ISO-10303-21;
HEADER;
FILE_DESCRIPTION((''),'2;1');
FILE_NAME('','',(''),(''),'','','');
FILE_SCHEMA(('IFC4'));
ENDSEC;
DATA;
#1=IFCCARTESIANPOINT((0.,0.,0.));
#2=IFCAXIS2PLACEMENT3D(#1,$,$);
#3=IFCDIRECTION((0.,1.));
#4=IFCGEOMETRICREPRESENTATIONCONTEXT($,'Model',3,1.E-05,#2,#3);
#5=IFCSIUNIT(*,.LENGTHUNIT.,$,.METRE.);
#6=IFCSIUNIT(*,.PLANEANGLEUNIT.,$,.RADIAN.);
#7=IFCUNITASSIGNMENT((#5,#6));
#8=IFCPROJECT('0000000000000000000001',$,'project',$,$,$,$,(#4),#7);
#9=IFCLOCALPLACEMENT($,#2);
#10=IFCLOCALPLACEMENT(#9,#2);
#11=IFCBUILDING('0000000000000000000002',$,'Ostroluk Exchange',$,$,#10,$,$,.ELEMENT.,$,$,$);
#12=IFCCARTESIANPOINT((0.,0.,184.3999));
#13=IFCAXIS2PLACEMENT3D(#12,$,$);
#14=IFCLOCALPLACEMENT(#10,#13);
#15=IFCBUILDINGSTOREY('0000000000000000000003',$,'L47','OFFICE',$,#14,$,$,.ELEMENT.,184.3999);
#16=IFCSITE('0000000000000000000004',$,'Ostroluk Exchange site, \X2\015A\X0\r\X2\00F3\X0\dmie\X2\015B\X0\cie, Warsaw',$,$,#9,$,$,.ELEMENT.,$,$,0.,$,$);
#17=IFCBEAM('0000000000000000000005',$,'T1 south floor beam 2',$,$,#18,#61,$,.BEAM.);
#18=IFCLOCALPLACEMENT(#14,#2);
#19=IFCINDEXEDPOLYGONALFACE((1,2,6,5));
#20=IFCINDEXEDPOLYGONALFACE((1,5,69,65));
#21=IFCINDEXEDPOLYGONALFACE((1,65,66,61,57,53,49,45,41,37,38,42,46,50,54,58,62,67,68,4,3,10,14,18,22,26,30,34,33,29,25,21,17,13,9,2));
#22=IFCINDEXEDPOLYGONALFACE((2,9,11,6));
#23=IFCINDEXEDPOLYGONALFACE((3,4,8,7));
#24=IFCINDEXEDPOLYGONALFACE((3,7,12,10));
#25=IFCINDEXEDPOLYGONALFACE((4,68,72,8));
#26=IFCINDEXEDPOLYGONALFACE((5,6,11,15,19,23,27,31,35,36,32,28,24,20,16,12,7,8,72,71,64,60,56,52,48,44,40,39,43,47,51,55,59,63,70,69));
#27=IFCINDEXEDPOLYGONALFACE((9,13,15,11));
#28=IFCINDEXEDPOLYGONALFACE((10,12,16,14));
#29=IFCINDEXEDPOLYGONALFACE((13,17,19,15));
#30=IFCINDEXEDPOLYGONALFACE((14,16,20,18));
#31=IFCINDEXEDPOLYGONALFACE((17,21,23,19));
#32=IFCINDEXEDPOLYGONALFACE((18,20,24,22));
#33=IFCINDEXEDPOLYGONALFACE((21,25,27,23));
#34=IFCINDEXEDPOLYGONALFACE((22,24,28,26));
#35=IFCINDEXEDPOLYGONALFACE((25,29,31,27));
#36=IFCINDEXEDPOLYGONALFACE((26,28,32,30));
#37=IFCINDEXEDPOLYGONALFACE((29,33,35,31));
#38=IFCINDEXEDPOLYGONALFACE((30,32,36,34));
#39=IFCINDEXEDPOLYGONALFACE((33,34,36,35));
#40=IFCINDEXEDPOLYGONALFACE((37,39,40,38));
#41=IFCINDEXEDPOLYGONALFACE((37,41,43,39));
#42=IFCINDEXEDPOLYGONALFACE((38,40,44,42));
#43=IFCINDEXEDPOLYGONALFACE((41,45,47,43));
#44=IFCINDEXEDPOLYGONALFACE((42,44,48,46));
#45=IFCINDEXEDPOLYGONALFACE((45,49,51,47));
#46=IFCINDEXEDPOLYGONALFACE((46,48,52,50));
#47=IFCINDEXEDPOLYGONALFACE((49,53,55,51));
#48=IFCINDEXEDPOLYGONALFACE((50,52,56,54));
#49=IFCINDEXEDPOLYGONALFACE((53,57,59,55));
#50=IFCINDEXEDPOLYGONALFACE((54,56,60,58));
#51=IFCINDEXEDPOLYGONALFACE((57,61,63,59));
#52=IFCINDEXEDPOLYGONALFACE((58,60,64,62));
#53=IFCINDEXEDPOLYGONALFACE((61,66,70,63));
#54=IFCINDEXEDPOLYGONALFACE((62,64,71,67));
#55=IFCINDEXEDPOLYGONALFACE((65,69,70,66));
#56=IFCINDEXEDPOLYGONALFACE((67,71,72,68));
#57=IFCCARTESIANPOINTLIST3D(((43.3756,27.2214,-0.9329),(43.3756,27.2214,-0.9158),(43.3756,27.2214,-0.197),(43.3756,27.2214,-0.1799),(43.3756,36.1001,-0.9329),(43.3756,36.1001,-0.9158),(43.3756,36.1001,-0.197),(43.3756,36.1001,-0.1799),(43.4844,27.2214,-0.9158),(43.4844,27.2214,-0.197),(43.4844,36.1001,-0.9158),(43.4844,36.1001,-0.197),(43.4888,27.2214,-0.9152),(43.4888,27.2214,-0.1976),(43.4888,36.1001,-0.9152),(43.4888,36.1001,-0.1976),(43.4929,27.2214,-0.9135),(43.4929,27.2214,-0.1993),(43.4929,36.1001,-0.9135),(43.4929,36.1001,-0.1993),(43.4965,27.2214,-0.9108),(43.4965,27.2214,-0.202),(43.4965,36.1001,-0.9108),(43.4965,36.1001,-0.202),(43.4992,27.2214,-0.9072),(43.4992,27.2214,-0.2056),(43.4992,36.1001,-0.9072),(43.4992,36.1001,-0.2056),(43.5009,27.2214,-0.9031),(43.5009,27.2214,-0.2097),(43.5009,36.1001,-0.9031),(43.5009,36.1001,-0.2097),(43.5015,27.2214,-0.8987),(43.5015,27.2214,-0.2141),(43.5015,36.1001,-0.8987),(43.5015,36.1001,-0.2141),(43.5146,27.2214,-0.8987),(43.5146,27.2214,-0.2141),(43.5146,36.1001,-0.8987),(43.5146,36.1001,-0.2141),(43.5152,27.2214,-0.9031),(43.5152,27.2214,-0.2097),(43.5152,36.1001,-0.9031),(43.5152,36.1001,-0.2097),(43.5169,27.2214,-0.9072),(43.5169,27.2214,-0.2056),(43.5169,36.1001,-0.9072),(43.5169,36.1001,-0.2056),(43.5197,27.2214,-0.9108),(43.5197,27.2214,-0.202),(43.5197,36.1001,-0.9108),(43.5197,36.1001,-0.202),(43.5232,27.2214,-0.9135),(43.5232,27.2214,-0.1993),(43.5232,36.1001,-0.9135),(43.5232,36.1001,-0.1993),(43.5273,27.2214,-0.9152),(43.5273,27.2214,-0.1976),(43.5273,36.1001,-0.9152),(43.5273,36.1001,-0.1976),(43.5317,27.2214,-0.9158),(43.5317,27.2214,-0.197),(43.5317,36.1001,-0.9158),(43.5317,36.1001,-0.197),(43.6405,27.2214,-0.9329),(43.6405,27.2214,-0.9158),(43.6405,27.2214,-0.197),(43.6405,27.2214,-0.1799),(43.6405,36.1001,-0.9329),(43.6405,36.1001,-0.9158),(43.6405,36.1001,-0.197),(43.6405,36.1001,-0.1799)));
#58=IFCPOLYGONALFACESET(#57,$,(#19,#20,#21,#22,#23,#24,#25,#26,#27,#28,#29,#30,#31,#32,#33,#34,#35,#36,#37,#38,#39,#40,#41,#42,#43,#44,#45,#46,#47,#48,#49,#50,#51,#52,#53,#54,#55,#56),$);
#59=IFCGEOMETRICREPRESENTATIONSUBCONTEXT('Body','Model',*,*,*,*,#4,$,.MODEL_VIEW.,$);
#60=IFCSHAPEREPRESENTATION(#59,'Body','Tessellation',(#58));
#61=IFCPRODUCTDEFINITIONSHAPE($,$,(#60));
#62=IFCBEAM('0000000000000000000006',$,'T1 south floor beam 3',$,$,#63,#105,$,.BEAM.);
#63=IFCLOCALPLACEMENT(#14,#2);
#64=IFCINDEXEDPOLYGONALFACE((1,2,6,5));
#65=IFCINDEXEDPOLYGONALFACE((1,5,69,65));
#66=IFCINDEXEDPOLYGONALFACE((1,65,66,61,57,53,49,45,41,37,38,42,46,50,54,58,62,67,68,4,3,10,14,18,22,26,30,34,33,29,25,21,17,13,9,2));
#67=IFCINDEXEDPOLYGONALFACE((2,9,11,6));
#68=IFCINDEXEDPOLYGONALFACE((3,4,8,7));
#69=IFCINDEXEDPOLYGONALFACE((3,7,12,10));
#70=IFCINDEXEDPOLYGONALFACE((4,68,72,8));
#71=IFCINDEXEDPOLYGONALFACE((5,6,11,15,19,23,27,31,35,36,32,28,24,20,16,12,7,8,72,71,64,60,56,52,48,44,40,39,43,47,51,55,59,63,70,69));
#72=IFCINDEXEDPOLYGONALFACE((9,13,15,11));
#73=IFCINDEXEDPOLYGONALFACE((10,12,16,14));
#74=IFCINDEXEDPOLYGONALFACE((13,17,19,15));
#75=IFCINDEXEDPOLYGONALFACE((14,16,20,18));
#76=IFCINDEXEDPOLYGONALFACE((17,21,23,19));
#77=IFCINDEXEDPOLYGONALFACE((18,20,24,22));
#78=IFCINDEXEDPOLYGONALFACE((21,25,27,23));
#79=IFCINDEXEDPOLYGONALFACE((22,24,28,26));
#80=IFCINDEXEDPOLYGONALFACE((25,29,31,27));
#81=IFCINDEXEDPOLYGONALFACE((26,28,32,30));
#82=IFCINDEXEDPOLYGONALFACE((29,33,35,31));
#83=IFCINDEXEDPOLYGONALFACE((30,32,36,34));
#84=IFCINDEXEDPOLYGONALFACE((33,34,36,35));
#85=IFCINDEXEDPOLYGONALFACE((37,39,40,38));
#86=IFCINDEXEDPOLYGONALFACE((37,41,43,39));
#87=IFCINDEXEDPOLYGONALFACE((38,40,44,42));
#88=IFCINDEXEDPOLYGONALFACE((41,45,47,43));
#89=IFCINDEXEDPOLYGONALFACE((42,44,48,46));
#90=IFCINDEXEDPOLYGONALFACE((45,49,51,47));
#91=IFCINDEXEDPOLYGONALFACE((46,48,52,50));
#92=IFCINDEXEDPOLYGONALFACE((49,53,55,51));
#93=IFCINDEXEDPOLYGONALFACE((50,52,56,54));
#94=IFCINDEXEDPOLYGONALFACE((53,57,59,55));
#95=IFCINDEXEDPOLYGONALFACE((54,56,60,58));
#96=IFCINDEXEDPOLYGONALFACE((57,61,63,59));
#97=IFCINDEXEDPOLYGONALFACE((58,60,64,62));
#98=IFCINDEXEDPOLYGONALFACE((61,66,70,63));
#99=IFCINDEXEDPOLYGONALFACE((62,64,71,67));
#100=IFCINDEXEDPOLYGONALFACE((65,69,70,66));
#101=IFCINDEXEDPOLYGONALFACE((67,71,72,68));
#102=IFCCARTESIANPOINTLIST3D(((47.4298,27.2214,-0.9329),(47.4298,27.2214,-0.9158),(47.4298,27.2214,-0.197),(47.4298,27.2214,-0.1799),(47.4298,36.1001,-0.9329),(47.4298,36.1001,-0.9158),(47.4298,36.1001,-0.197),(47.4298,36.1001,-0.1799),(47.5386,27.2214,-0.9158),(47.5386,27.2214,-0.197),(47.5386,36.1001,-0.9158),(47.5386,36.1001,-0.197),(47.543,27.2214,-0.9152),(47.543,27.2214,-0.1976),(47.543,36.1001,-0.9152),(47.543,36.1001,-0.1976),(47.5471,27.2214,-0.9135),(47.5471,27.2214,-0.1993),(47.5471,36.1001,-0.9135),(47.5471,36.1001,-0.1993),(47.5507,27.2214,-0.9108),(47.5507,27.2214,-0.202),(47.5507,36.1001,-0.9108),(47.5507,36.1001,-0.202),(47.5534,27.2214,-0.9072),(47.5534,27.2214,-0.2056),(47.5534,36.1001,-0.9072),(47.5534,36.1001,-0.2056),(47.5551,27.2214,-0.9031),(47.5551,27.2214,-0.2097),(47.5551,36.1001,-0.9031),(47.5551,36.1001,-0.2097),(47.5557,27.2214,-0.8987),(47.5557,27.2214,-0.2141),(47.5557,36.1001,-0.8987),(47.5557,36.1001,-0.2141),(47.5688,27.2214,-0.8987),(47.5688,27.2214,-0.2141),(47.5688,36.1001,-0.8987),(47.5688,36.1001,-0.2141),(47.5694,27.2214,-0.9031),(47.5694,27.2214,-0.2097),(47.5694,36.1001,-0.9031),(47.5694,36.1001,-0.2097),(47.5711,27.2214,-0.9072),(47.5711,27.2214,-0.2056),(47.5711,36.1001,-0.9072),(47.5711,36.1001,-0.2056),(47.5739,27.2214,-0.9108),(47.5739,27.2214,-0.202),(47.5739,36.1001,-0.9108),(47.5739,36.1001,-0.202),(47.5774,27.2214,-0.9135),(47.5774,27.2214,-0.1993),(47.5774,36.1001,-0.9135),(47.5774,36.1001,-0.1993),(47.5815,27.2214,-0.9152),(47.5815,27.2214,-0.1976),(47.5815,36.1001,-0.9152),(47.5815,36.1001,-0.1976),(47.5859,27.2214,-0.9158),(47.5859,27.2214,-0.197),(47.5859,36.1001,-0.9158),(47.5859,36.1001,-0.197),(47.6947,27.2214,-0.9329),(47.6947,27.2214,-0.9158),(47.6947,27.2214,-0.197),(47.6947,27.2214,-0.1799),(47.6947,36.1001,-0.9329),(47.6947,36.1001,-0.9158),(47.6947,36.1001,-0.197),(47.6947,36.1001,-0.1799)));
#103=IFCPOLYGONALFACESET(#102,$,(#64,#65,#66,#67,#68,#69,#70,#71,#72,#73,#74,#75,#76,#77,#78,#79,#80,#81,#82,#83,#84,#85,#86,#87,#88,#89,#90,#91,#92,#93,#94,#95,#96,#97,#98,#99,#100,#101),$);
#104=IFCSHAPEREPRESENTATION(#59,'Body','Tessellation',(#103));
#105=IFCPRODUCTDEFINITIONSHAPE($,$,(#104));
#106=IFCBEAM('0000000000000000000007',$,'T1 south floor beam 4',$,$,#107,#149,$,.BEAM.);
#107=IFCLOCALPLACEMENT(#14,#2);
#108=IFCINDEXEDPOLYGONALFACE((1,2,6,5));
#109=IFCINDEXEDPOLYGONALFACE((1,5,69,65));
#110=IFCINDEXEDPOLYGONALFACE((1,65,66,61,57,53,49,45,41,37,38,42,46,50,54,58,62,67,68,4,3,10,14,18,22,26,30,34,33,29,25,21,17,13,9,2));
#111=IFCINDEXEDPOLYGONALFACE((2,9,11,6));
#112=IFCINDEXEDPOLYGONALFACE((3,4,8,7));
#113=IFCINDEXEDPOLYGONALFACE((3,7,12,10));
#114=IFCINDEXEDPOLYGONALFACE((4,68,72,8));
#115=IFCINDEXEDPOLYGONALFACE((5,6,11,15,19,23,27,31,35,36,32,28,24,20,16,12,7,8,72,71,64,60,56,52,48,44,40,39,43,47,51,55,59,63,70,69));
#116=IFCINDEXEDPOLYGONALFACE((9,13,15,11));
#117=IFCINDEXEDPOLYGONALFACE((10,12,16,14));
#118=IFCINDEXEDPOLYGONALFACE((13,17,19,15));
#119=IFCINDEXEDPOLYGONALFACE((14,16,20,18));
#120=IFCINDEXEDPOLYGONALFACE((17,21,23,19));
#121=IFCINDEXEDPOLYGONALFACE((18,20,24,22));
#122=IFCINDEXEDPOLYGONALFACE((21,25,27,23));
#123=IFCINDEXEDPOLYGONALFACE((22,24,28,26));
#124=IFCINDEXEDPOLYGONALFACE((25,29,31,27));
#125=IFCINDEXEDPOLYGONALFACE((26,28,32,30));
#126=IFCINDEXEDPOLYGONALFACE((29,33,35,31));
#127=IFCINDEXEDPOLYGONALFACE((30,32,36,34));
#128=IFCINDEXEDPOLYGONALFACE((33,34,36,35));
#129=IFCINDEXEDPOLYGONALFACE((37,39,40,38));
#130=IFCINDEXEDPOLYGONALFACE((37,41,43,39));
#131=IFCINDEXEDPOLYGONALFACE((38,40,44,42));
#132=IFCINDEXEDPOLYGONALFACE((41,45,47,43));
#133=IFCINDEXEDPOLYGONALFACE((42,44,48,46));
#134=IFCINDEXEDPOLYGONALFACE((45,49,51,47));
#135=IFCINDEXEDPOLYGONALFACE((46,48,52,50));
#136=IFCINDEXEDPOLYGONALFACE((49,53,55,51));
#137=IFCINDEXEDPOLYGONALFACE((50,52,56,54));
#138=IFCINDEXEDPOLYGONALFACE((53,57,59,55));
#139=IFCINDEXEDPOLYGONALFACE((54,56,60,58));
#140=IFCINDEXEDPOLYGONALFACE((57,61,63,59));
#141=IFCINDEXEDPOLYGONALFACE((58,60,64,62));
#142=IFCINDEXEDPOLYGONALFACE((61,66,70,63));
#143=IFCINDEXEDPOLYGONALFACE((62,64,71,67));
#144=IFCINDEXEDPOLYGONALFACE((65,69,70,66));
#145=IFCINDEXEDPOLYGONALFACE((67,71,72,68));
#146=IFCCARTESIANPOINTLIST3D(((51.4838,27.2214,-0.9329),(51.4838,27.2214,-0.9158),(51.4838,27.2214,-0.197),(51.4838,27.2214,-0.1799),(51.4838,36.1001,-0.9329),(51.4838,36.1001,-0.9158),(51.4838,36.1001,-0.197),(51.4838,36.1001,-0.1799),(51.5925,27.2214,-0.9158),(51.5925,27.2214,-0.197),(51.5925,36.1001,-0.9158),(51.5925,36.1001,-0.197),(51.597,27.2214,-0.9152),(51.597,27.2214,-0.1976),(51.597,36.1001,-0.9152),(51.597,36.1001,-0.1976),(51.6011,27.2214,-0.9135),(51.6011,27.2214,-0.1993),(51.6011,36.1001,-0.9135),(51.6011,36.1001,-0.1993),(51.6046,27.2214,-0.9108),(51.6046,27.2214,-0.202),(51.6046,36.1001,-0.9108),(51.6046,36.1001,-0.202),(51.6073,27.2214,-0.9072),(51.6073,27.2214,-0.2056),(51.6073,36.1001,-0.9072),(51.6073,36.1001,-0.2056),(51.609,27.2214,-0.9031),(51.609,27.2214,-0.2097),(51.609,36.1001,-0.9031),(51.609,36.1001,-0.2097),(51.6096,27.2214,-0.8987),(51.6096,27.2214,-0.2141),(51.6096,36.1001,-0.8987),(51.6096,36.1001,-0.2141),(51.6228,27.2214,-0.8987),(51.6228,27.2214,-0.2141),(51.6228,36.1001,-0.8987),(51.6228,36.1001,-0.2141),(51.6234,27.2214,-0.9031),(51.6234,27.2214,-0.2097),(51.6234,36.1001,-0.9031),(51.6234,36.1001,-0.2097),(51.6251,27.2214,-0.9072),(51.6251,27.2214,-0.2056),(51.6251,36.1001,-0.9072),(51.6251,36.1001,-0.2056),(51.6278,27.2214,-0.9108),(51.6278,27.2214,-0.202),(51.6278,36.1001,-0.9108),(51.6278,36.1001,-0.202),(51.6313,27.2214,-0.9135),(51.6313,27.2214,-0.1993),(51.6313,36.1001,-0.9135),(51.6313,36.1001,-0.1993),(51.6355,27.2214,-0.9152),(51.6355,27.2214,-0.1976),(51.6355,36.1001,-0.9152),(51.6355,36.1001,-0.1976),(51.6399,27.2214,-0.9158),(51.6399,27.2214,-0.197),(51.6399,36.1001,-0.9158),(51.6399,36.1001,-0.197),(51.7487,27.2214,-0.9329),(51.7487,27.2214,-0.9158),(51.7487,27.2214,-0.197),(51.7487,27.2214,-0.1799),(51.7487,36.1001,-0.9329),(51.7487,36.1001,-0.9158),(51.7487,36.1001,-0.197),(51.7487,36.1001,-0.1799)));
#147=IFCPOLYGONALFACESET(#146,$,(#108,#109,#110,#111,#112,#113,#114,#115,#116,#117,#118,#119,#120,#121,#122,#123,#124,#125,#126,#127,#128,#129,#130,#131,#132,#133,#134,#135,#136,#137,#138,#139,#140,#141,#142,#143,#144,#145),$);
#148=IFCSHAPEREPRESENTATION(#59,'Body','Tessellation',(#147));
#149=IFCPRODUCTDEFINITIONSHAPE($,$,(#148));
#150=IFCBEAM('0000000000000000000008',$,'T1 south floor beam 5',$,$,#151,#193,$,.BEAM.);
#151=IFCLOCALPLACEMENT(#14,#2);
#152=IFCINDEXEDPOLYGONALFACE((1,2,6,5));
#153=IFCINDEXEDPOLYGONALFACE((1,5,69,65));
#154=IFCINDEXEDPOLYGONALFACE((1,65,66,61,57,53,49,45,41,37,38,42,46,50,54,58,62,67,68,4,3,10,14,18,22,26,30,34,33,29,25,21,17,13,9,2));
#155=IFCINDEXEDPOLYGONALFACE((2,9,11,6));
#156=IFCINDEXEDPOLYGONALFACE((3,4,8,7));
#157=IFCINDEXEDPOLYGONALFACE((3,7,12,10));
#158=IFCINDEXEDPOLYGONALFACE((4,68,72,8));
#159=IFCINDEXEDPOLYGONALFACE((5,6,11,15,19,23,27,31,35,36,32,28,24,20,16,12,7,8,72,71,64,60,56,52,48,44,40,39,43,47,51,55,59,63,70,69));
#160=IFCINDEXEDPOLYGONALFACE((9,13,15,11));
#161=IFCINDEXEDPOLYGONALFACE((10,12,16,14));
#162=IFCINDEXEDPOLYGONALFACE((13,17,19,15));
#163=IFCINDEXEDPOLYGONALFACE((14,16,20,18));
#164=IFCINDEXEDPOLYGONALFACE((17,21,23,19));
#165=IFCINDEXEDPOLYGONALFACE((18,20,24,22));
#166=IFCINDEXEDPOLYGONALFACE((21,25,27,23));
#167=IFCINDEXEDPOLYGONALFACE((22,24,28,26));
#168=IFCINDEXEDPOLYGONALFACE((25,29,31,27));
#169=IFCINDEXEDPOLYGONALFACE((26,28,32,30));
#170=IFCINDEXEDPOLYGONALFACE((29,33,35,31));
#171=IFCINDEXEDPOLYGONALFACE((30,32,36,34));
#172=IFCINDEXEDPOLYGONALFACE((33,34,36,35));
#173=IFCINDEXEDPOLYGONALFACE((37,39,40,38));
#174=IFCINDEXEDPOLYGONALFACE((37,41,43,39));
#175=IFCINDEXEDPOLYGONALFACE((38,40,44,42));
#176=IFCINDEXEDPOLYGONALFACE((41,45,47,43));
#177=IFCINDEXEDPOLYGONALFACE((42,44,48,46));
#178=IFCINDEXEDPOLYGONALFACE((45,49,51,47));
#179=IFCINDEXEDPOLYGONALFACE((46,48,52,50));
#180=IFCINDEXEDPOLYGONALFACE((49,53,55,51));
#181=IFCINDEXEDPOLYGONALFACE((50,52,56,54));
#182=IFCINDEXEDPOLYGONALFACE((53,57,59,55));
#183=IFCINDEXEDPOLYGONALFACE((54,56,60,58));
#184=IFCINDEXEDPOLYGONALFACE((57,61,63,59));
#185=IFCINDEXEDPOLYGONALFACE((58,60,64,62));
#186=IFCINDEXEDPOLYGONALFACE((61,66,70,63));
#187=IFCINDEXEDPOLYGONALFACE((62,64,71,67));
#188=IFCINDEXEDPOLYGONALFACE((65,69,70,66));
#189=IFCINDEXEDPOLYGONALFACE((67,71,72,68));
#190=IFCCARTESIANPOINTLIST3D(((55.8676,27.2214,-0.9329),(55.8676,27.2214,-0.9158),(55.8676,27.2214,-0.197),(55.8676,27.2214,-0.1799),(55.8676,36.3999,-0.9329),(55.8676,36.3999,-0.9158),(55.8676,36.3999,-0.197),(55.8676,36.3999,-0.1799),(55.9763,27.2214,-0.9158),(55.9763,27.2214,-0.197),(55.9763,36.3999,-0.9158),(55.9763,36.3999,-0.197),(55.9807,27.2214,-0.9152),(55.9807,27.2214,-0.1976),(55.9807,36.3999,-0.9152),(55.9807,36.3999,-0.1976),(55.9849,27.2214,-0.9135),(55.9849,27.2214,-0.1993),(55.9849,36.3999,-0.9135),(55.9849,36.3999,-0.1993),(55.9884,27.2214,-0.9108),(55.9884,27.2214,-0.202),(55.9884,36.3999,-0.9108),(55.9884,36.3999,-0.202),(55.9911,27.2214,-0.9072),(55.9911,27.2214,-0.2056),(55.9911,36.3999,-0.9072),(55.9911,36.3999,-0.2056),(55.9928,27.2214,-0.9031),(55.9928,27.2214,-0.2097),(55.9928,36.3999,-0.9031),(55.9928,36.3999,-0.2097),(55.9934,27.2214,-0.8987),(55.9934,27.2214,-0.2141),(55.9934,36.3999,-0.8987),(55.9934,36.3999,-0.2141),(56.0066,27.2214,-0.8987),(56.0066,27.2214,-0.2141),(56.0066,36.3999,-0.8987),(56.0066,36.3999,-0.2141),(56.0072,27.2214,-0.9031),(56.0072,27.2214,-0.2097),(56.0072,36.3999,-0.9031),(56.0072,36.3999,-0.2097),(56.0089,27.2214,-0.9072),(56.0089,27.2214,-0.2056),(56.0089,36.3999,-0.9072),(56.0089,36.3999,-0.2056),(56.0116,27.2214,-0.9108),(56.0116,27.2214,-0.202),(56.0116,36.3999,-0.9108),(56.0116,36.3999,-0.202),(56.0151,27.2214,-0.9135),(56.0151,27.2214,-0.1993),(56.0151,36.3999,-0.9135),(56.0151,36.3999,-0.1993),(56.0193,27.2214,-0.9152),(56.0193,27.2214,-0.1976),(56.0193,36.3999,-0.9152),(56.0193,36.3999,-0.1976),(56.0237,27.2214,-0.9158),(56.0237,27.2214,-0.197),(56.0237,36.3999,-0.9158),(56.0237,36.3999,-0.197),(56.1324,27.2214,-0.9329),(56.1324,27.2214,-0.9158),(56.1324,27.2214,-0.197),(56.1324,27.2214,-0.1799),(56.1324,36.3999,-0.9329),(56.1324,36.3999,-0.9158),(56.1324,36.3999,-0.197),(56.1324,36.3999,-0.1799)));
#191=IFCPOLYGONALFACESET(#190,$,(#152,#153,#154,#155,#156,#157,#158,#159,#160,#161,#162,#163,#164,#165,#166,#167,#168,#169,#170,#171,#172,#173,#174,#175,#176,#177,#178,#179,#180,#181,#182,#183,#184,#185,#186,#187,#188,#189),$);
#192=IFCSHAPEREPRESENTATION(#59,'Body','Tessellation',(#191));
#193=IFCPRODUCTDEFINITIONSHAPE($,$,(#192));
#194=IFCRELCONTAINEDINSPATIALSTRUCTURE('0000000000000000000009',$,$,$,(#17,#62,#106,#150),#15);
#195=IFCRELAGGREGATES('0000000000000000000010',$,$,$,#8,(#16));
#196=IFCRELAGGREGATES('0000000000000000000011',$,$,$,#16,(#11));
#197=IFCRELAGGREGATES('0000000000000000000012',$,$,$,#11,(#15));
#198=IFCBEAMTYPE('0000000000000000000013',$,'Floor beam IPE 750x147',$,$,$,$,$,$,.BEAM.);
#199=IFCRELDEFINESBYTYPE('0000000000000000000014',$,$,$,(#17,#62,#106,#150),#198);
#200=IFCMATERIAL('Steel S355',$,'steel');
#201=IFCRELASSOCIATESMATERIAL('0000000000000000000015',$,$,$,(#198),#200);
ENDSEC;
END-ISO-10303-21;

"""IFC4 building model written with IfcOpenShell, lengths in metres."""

from ifc_helpers import new_model, si_unit, direction, frame, origin, origin_2d, place, context, subcontext, project, spatial, i_section, extrude, material, material_profile, profile_set, type_object, element, save


model = new_model("IFC4")

# Units and contexts
model_context = context("Model", 3, precision=1e-05, world=origin(), true_north=direction((0.0, 1.0)))
body_context = subcontext(model_context, "Body", "Model", "MODEL_VIEW")
ifc_project = project(units=[si_unit("LENGTHUNIT", "METRE"), si_unit("PLANEANGLEUNIT", "RADIAN")], contexts=[model_context])

# Site, building, storey
site_placement = place(None, origin())
site = spatial("IfcSite", under=ifc_project, at=site_placement, Name="Ostroluk Exchange site, Śródmieście, Warsaw", CompositionType="ELEMENT", RefElevation=0.0)
building_placement = place(site_placement, origin())
building = spatial("IfcBuilding", under=site, at=building_placement, Name="Ostroluk Exchange", CompositionType="ELEMENT")
storey_placement = place(building_placement, frame((0.0, 0.0, 184.3999)))
storey = spatial("IfcBuildingStorey", under=building, at=storey_placement, Name="L47", Description="OFFICE", CompositionType="ELEMENT", Elevation=184.3999)

# Beams
ifc_material_1 = material(Name="Steel S355", Category="steel")
ifc_material_profile_1 = material_profile(ifc_material_1, i_section(OverallWidth=0.2649, OverallDepth=0.7529, WebThickness=0.0132, FlangeThickness=0.0171, FilletRadius=0.0171, at=origin_2d()), Name="IPE 750x147")
ifc_profile_set_1 = profile_set([ifc_material_profile_1], Name="Steel S355")
beam_type_1 = type_object("IfcBeamType", Name="Floor beam IPE 750x147", PredefinedType="BEAM", material=ifc_profile_set_1)
for number, where, z_axis, x_axis, name in (
    (1, (43.5081, 36.1001, -0.5564), (0.0, -1.0, 0.0), (1.0, 0.0, 0.0), "T1 south floor beam 2"),
    (2, (47.5623, 36.1001, -0.5564), (0.0, -1.0, 0.0), (1.0, 0.0, 0.0), "T1 south floor beam 3"),
    (3, (51.6162, 36.1001, -0.5564), (0.0, -1.0, 0.0), (1.0, 0.0, 0.0), "T1 south floor beam 4"),
):
    element("IfcBeam", number, at=place(storey_placement, frame(where, z_axis=z_axis, x_axis=x_axis)), inside=storey, type_object=beam_type_1, Name=name, PredefinedType="BEAM", context=body_context, shape_type="SweptSolid", body=[
        extrude(i_section(OverallWidth=0.2649, OverallDepth=0.7529, WebThickness=0.0132, FlangeThickness=0.0171, FilletRadius=0.0171, at=origin_2d()), origin(), (0.0, 0.0, 1.0), 8.8787),
    ])
beam_1_placement = place(storey_placement, frame((56.0, 36.3999, -0.5564), z_axis=(0.0, -1.0, 0.0), x_axis=(1.0, 0.0, 0.0)))
element("IfcBeam", 4, at=beam_1_placement, inside=storey, type_object=beam_type_1, Name="T1 south floor beam 5", PredefinedType="BEAM", context=body_context, shape_type="SweptSolid", body=[
    extrude(i_section(OverallWidth=0.2649, OverallDepth=0.7529, WebThickness=0.0132, FlangeThickness=0.0171, FilletRadius=0.0171, at=origin_2d()), origin(), (0.0, 0.0, 1.0), 9.1785),
])

save(model, "model.ifc")
